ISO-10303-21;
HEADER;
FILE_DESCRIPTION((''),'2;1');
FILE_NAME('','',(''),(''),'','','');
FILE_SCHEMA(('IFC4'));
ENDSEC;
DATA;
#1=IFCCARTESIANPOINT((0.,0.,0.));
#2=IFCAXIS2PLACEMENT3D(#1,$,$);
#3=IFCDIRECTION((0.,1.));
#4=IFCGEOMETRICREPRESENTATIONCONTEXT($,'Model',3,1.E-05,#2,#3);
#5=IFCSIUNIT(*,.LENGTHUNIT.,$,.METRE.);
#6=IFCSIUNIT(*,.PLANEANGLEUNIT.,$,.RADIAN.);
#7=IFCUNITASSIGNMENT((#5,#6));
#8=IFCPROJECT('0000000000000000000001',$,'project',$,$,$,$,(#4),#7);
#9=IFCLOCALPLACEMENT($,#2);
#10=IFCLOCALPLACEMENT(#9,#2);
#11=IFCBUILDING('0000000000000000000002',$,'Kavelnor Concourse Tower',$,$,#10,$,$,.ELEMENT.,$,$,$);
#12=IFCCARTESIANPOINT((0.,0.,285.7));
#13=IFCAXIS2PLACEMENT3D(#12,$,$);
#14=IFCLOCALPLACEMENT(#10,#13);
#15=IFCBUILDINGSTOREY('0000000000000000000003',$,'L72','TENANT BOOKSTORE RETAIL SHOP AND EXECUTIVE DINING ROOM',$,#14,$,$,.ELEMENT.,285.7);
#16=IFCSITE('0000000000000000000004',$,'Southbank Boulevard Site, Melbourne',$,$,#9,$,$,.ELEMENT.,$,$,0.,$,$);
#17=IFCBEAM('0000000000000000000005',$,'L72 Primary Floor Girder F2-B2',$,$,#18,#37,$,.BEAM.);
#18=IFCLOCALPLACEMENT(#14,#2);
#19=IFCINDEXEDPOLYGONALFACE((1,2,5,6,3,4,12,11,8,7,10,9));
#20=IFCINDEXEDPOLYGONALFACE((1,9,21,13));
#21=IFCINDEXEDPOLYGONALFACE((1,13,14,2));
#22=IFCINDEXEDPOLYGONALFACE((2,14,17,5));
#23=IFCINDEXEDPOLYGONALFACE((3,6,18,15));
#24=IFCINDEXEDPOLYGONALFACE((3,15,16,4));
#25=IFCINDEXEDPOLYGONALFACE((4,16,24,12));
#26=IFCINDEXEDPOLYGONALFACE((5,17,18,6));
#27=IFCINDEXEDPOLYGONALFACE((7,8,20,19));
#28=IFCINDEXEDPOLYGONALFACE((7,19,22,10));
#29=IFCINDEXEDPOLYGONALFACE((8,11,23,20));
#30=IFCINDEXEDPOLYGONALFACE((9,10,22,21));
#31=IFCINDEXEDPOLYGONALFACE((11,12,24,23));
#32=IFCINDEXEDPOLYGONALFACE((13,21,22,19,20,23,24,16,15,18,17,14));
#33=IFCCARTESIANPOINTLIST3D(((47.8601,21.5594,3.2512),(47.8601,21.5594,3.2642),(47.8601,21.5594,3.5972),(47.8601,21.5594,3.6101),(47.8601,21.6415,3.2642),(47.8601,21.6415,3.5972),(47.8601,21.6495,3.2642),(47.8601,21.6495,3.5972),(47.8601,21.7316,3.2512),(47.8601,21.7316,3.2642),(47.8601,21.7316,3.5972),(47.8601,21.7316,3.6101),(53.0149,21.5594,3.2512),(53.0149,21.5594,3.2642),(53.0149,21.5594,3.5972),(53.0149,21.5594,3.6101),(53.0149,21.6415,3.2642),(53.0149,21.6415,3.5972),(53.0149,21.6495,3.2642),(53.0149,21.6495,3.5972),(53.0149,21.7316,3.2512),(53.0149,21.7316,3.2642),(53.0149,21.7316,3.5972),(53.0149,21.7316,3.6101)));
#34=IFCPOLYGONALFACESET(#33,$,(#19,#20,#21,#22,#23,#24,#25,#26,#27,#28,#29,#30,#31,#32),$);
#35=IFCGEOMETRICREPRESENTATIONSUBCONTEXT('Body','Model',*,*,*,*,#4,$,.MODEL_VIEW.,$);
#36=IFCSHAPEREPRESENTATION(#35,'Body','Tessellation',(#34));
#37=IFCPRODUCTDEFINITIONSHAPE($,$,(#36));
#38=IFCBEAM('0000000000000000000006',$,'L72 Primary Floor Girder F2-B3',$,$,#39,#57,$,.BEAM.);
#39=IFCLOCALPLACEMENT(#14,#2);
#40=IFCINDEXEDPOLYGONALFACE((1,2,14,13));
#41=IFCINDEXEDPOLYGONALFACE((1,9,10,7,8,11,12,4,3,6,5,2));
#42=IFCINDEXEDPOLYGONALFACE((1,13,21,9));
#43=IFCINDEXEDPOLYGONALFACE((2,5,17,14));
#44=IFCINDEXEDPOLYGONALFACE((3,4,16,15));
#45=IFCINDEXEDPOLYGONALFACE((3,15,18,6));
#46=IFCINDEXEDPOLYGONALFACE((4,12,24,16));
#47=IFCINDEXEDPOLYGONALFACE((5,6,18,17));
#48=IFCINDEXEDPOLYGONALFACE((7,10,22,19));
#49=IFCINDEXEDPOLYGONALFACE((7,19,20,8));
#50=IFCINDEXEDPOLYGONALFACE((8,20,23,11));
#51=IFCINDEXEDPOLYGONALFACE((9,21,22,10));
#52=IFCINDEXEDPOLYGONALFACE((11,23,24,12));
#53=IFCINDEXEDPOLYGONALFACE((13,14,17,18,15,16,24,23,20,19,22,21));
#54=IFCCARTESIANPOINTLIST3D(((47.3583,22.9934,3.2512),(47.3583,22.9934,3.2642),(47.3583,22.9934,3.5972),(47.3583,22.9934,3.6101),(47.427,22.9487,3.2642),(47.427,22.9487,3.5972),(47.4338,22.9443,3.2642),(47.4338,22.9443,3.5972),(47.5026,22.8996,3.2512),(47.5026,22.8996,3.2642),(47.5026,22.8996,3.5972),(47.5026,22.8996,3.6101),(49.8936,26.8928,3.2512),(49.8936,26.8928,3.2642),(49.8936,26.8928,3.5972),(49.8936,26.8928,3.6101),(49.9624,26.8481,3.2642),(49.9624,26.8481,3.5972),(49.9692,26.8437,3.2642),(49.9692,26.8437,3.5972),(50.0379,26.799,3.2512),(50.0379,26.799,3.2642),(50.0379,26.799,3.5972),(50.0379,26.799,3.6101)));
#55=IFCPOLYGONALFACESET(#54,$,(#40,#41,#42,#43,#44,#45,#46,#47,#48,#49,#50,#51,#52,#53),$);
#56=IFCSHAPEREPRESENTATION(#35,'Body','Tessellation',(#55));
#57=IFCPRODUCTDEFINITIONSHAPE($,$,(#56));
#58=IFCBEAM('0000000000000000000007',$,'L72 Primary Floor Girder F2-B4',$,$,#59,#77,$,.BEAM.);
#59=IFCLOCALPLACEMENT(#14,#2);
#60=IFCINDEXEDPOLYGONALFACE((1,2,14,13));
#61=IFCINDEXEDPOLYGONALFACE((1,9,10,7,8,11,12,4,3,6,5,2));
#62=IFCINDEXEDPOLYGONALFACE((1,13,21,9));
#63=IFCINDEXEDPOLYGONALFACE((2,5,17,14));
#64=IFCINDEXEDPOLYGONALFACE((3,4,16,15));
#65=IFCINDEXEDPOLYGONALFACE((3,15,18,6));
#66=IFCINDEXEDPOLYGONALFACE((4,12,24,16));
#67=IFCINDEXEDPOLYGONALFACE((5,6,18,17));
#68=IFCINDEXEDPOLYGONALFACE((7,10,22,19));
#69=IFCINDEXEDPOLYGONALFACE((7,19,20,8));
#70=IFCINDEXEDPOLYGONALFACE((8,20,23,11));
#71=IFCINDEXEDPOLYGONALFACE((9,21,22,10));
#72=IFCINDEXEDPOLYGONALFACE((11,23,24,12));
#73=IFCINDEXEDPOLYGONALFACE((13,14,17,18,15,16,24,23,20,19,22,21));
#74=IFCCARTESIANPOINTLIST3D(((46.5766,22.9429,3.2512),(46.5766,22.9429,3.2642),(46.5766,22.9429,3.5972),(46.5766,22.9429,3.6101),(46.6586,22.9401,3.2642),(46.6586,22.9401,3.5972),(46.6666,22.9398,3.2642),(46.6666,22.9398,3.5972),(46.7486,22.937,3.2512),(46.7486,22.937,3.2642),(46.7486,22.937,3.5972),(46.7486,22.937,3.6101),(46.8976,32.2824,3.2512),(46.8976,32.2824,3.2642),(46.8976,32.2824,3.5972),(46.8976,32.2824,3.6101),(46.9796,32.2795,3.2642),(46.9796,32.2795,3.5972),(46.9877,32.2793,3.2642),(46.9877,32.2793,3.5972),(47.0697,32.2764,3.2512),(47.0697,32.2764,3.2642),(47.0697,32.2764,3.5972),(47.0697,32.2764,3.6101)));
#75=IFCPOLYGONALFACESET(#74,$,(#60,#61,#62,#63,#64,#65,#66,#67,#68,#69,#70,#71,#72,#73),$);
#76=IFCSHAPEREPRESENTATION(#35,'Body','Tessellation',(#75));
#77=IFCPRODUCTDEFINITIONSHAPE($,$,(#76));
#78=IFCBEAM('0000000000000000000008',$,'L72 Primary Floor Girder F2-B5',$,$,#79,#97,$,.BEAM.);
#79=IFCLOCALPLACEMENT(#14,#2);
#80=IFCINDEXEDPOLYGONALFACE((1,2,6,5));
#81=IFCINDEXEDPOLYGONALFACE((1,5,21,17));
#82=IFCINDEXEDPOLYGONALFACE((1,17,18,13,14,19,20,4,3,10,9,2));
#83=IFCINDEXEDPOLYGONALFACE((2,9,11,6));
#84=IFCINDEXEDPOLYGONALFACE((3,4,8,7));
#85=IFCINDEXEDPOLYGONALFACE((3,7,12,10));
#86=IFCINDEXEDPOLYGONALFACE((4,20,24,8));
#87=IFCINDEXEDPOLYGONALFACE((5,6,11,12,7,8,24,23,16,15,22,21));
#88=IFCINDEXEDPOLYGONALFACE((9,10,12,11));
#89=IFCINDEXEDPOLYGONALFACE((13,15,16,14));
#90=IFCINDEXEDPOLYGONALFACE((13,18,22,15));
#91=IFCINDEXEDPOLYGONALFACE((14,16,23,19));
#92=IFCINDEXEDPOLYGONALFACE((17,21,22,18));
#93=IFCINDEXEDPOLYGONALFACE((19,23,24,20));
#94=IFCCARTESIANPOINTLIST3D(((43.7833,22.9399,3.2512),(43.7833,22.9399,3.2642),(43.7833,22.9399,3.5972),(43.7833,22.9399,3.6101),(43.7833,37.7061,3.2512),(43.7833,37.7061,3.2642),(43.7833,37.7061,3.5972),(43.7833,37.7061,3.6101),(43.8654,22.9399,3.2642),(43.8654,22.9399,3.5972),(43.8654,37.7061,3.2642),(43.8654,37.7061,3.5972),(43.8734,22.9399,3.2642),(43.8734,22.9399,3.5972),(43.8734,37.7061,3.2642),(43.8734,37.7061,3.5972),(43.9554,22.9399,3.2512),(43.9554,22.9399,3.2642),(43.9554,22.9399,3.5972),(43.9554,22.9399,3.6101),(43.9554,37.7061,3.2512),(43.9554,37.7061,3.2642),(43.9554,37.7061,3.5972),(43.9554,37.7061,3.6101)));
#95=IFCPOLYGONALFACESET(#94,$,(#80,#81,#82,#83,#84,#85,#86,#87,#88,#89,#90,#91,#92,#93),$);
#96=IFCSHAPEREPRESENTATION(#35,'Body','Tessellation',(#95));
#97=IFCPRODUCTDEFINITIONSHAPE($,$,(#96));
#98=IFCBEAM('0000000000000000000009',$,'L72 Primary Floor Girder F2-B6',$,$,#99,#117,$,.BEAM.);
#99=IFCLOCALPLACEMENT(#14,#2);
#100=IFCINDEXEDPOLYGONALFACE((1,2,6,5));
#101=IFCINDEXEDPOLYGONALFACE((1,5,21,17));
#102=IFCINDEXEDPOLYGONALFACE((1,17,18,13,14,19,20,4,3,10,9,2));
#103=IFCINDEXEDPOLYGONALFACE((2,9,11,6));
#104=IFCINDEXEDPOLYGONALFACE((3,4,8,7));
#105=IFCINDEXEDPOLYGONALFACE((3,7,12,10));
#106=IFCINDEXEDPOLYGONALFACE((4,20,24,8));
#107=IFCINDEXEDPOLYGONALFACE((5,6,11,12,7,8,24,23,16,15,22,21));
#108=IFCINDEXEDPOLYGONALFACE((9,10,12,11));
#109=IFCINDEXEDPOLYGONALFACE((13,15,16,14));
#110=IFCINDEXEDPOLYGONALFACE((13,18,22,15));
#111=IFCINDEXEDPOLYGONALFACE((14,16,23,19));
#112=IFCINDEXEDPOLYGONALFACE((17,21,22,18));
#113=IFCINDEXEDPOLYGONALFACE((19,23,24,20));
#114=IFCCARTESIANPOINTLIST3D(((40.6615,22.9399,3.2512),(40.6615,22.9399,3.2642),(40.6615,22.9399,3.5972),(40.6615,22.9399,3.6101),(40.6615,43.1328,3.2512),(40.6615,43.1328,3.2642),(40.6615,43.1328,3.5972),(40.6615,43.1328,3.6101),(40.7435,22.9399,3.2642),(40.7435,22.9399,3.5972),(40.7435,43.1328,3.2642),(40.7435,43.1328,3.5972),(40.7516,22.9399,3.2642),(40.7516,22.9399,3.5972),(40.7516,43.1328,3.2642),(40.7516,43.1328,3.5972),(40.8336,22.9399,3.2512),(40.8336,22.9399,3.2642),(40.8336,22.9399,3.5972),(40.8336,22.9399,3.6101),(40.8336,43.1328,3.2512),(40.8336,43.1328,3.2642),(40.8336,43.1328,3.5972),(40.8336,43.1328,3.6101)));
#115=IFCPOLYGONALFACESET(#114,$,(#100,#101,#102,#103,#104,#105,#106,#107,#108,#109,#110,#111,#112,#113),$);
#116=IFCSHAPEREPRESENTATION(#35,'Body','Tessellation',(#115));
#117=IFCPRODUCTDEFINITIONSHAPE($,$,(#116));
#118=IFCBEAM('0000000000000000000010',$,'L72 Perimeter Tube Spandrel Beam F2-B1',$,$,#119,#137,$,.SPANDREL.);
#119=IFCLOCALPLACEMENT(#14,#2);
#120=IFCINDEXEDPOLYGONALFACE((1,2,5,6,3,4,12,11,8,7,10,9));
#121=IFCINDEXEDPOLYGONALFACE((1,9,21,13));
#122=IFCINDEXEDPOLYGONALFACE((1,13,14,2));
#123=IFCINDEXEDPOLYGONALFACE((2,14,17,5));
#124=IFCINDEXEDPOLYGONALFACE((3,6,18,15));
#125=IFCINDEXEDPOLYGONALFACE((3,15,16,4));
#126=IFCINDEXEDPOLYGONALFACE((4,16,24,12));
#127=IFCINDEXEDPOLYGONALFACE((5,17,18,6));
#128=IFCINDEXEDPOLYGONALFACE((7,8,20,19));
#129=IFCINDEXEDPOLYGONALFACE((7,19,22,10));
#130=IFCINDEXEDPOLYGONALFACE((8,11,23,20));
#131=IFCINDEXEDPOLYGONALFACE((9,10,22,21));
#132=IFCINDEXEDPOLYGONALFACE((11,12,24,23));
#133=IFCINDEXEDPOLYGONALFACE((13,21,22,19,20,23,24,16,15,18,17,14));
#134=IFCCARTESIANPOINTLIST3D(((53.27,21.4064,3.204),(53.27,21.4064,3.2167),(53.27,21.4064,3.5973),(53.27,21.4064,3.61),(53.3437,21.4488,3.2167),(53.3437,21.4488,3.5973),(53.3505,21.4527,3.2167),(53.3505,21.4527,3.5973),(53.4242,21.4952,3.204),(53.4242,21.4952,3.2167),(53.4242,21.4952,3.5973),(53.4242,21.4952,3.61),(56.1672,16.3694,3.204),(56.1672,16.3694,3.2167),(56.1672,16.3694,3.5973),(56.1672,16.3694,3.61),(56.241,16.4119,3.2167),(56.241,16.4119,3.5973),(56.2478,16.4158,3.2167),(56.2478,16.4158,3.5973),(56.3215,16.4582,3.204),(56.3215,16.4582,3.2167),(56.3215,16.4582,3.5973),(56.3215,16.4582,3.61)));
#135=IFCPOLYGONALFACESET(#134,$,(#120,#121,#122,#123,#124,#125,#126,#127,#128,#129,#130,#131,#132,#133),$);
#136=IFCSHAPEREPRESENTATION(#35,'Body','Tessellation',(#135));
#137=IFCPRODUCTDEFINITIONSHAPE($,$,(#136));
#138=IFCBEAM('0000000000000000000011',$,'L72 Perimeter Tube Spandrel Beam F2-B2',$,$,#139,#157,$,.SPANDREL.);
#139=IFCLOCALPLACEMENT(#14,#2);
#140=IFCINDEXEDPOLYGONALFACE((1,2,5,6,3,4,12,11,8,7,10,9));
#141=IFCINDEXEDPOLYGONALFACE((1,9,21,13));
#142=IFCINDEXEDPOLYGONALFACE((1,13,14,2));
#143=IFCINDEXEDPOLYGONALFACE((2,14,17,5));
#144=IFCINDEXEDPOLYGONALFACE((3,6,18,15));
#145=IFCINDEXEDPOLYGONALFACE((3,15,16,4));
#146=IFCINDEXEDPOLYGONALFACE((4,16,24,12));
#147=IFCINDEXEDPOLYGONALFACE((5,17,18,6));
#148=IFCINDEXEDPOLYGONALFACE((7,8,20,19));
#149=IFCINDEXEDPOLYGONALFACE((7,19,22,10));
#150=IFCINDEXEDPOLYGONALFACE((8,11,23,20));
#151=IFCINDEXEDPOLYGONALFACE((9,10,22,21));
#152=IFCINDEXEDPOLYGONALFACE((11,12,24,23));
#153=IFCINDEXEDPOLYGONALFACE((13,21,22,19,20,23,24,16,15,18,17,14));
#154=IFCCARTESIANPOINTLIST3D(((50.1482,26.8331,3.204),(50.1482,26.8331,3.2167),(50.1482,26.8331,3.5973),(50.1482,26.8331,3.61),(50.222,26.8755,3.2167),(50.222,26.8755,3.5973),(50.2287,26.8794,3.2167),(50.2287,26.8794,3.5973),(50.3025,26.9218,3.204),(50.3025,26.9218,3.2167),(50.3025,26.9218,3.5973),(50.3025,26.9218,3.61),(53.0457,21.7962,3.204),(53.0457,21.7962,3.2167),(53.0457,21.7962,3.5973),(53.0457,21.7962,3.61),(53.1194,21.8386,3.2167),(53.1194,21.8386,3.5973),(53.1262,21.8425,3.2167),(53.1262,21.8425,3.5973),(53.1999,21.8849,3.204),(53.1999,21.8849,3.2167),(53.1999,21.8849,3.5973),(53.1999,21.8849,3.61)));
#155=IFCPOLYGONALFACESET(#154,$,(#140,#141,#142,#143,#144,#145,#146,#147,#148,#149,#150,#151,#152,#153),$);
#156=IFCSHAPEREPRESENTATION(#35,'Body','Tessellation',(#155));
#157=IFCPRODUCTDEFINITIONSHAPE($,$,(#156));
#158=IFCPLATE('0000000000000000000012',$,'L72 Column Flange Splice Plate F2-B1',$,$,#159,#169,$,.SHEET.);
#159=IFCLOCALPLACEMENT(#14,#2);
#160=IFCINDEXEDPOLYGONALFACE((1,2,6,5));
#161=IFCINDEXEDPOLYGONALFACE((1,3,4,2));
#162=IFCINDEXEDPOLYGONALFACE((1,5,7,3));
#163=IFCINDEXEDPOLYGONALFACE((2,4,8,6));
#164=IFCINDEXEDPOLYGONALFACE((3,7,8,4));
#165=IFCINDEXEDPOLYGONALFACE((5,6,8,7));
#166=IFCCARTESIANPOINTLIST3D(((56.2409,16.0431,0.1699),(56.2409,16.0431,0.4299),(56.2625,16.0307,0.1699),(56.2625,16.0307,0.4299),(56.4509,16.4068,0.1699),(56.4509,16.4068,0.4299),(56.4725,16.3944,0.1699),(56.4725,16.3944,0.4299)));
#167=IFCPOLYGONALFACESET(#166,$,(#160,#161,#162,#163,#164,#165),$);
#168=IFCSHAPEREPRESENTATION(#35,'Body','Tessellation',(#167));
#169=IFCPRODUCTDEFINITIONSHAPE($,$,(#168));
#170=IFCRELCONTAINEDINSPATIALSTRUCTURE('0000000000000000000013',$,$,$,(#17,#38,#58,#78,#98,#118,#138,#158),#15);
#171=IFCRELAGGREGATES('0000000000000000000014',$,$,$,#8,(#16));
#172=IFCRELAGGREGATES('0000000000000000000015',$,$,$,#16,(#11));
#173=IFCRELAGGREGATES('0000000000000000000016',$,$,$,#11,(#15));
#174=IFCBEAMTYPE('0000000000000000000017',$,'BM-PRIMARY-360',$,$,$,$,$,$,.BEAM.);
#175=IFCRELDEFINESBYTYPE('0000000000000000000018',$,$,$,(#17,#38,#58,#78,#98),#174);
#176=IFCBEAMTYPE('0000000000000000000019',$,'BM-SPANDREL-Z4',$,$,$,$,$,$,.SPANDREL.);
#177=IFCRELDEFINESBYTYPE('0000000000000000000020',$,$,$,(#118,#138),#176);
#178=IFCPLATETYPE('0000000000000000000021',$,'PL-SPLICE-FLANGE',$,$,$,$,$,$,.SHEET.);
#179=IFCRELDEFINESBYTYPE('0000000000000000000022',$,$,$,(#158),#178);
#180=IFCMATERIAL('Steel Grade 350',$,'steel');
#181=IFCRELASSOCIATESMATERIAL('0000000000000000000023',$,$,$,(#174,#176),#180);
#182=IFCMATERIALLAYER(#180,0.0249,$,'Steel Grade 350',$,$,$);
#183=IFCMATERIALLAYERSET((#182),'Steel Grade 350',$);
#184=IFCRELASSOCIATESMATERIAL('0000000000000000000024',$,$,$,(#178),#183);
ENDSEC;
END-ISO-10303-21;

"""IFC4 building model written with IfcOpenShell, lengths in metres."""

from ifc_helpers import new_model, si_unit, direction, frame, origin, origin_2d, place, context, subcontext, project, spatial, rectangle, i_section, extrude, material, layer, layer_set, material_profile, profile_set, type_object, element, save


model = new_model("IFC4")

# Units and contexts
model_context = context("Model", 3, precision=1e-05, world=origin(), true_north=direction((0.0, 1.0)))
body_context = subcontext(model_context, "Body", "Model", "MODEL_VIEW")
ifc_project = project(units=[si_unit("LENGTHUNIT", "METRE"), si_unit("PLANEANGLEUNIT", "RADIAN")], contexts=[model_context])

# Site, building, storey
site_placement = place(None, origin())
site = spatial("IfcSite", under=ifc_project, at=site_placement, Name="Southbank Boulevard Site, Melbourne", CompositionType="ELEMENT", RefElevation=0.0)
building_placement = place(site_placement, origin())
building = spatial("IfcBuilding", under=site, at=building_placement, Name="Kavelnor Concourse Tower", CompositionType="ELEMENT")
storey_placement = place(building_placement, frame((0.0, 0.0, 285.7)))
storey = spatial("IfcBuildingStorey", under=building, at=storey_placement, Name="L72", Description="TENANT BOOKSTORE RETAIL SHOP AND EXECUTIVE DINING ROOM", CompositionType="ELEMENT", Elevation=285.7)

# Shared definitions
ifc_material_1 = material(Name="Steel Grade 350", Category="steel")

# Beams
ifc_material_profile_1 = material_profile(ifc_material_1, i_section(OverallWidth=0.1721, OverallDepth=0.3589, WebThickness=0.0081, FlangeThickness=0.0129, at=origin_2d()), Name="360UB56")
ifc_profile_set_1 = profile_set([ifc_material_profile_1], Name="Steel Grade 350")
beam_type_1 = type_object("IfcBeamType", Name="BM-PRIMARY-360", PredefinedType="BEAM", material=ifc_profile_set_1)
beam_1_placement = place(storey_placement, frame((47.8601, 21.6455, 3.4307), z_axis=(1.0, 0.0, 0.0), x_axis=(0.0, 1.0, 0.0)))
element("IfcBeam", 1, at=beam_1_placement, inside=storey, type_object=beam_type_1, Name="L72 Primary Floor Girder F2-B2", PredefinedType="BEAM", context=body_context, shape_type="SweptSolid", body=[
    extrude(i_section(OverallWidth=0.1721, OverallDepth=0.3589, WebThickness=0.0081, FlangeThickness=0.0129, at=origin_2d()), origin(), (0.0, 0.0, 1.0), 5.1548),
])
beam_2_placement = place(storey_placement, frame((47.4304, 22.9465, 3.4307), z_axis=(0.545106, 0.838367, 0.0), x_axis=(-0.838367, 0.545106, 0.0)))
element("IfcBeam", 2, at=beam_2_placement, inside=storey, type_object=beam_type_1, Name="L72 Primary Floor Girder F2-B3", PredefinedType="BEAM", context=body_context, shape_type="SweptSolid", body=[
    extrude(i_section(OverallWidth=0.1721, OverallDepth=0.3589, WebThickness=0.0081, FlangeThickness=0.0129, at=origin_2d()), origin(), (0.0, 0.0, 1.0), 4.6511),
])
beam_3_placement = place(storey_placement, frame((46.6626, 22.9399, 3.4307), z_axis=(0.034355, 0.99941, 0.0), x_axis=(-0.99941, 0.034355, 0.0)))
element("IfcBeam", 3, at=beam_3_placement, inside=storey, type_object=beam_type_1, Name="L72 Primary Floor Girder F2-B4", PredefinedType="BEAM", context=body_context, shape_type="SweptSolid", body=[
    extrude(i_section(OverallWidth=0.1721, OverallDepth=0.3589, WebThickness=0.0081, FlangeThickness=0.0129, at=origin_2d()), origin(), (0.0, 0.0, 1.0), 9.345),
])
beam_4_placement = place(storey_placement, frame((43.8694, 22.9399, 3.4307), z_axis=(0.0, 1.0, 0.0), x_axis=(-1.0, 0.0, 0.0)))
element("IfcBeam", 4, at=beam_4_placement, inside=storey, type_object=beam_type_1, Name="L72 Primary Floor Girder F2-B5", PredefinedType="BEAM", context=body_context, shape_type="SweptSolid", body=[
    extrude(i_section(OverallWidth=0.1721, OverallDepth=0.3589, WebThickness=0.0081, FlangeThickness=0.0129, at=origin_2d()), origin(), (0.0, 0.0, 1.0), 14.7661),
])
beam_5_placement = place(storey_placement, frame((40.7476, 22.9399, 3.4307), z_axis=(0.0, 1.0, 0.0), x_axis=(-1.0, 0.0, 0.0)))
element("IfcBeam", 5, at=beam_5_placement, inside=storey, type_object=beam_type_1, Name="L72 Primary Floor Girder F2-B6", PredefinedType="BEAM", context=body_context, shape_type="SweptSolid", body=[
    extrude(i_section(OverallWidth=0.1721, OverallDepth=0.3589, WebThickness=0.0081, FlangeThickness=0.0129, at=origin_2d()), origin(), (0.0, 0.0, 1.0), 20.1929),
])
ifc_material_profile_2 = material_profile(ifc_material_1, i_section(OverallWidth=0.178, OverallDepth=0.406, WebThickness=0.0078, FlangeThickness=0.0127, at=origin_2d()), Name="410UB59")
ifc_profile_set_2 = profile_set([ifc_material_profile_2], Name="Steel Grade 350")
beam_type_2 = type_object("IfcBeamType", Name="BM-SPANDREL-Z4", PredefinedType="SPANDREL", material=ifc_profile_set_2)
for number, where, z_axis, x_axis, name in (
    (6, (56.2444, 16.4138, 3.407), (-0.498603, 0.86683, 0.0), (-0.86683, -0.498603, 0.0), "L72 Perimeter Tube Spandrel Beam F2-B1"),
    (7, (53.1228, 21.8406, 3.407), (-0.498635, 0.866812, 0.0), (-0.866812, -0.498635, 0.0), "L72 Perimeter Tube Spandrel Beam F2-B2"),
):
    element("IfcBeam", number, at=place(storey_placement, frame(where, z_axis=z_axis, x_axis=x_axis)), inside=storey, type_object=beam_type_2, Name=name, PredefinedType="SPANDREL", context=body_context, shape_type="SweptSolid", body=[
        extrude(i_section(OverallWidth=0.178, OverallDepth=0.406, WebThickness=0.0078, FlangeThickness=0.0127, at=origin_2d()), origin(), (0.0, 0.0, 1.0), 5.8108),
    ])

# Plate
ifc_layer_1 = layer(ifc_material_1, 0.0249, Name="Steel Grade 350")
ifc_layer_set_1 = layer_set([ifc_layer_1], Name="Steel Grade 350")
plate_type = type_object("IfcPlateType", Name="PL-SPLICE-FLANGE", PredefinedType="SHEET", material=ifc_layer_set_1)
plate_placement = place(storey_placement, frame((56.3567, 16.2188, 0.1699), z_axis=(0.0, 0.0, 1.0), x_axis=(-0.5, -0.866025, 0.0)))
element("IfcPlate", 8, at=plate_placement, inside=storey, type_object=plate_type, Name="L72 Column Flange Splice Plate F2-B1", PredefinedType="SHEET", context=body_context, shape_type="SweptSolid", body=[
    extrude(rectangle(XDim=0.4199, YDim=0.0249, at=origin_2d()), origin(), (0.0, 0.0, 1.0), 0.26),
])

save(model, "model.ifc")
